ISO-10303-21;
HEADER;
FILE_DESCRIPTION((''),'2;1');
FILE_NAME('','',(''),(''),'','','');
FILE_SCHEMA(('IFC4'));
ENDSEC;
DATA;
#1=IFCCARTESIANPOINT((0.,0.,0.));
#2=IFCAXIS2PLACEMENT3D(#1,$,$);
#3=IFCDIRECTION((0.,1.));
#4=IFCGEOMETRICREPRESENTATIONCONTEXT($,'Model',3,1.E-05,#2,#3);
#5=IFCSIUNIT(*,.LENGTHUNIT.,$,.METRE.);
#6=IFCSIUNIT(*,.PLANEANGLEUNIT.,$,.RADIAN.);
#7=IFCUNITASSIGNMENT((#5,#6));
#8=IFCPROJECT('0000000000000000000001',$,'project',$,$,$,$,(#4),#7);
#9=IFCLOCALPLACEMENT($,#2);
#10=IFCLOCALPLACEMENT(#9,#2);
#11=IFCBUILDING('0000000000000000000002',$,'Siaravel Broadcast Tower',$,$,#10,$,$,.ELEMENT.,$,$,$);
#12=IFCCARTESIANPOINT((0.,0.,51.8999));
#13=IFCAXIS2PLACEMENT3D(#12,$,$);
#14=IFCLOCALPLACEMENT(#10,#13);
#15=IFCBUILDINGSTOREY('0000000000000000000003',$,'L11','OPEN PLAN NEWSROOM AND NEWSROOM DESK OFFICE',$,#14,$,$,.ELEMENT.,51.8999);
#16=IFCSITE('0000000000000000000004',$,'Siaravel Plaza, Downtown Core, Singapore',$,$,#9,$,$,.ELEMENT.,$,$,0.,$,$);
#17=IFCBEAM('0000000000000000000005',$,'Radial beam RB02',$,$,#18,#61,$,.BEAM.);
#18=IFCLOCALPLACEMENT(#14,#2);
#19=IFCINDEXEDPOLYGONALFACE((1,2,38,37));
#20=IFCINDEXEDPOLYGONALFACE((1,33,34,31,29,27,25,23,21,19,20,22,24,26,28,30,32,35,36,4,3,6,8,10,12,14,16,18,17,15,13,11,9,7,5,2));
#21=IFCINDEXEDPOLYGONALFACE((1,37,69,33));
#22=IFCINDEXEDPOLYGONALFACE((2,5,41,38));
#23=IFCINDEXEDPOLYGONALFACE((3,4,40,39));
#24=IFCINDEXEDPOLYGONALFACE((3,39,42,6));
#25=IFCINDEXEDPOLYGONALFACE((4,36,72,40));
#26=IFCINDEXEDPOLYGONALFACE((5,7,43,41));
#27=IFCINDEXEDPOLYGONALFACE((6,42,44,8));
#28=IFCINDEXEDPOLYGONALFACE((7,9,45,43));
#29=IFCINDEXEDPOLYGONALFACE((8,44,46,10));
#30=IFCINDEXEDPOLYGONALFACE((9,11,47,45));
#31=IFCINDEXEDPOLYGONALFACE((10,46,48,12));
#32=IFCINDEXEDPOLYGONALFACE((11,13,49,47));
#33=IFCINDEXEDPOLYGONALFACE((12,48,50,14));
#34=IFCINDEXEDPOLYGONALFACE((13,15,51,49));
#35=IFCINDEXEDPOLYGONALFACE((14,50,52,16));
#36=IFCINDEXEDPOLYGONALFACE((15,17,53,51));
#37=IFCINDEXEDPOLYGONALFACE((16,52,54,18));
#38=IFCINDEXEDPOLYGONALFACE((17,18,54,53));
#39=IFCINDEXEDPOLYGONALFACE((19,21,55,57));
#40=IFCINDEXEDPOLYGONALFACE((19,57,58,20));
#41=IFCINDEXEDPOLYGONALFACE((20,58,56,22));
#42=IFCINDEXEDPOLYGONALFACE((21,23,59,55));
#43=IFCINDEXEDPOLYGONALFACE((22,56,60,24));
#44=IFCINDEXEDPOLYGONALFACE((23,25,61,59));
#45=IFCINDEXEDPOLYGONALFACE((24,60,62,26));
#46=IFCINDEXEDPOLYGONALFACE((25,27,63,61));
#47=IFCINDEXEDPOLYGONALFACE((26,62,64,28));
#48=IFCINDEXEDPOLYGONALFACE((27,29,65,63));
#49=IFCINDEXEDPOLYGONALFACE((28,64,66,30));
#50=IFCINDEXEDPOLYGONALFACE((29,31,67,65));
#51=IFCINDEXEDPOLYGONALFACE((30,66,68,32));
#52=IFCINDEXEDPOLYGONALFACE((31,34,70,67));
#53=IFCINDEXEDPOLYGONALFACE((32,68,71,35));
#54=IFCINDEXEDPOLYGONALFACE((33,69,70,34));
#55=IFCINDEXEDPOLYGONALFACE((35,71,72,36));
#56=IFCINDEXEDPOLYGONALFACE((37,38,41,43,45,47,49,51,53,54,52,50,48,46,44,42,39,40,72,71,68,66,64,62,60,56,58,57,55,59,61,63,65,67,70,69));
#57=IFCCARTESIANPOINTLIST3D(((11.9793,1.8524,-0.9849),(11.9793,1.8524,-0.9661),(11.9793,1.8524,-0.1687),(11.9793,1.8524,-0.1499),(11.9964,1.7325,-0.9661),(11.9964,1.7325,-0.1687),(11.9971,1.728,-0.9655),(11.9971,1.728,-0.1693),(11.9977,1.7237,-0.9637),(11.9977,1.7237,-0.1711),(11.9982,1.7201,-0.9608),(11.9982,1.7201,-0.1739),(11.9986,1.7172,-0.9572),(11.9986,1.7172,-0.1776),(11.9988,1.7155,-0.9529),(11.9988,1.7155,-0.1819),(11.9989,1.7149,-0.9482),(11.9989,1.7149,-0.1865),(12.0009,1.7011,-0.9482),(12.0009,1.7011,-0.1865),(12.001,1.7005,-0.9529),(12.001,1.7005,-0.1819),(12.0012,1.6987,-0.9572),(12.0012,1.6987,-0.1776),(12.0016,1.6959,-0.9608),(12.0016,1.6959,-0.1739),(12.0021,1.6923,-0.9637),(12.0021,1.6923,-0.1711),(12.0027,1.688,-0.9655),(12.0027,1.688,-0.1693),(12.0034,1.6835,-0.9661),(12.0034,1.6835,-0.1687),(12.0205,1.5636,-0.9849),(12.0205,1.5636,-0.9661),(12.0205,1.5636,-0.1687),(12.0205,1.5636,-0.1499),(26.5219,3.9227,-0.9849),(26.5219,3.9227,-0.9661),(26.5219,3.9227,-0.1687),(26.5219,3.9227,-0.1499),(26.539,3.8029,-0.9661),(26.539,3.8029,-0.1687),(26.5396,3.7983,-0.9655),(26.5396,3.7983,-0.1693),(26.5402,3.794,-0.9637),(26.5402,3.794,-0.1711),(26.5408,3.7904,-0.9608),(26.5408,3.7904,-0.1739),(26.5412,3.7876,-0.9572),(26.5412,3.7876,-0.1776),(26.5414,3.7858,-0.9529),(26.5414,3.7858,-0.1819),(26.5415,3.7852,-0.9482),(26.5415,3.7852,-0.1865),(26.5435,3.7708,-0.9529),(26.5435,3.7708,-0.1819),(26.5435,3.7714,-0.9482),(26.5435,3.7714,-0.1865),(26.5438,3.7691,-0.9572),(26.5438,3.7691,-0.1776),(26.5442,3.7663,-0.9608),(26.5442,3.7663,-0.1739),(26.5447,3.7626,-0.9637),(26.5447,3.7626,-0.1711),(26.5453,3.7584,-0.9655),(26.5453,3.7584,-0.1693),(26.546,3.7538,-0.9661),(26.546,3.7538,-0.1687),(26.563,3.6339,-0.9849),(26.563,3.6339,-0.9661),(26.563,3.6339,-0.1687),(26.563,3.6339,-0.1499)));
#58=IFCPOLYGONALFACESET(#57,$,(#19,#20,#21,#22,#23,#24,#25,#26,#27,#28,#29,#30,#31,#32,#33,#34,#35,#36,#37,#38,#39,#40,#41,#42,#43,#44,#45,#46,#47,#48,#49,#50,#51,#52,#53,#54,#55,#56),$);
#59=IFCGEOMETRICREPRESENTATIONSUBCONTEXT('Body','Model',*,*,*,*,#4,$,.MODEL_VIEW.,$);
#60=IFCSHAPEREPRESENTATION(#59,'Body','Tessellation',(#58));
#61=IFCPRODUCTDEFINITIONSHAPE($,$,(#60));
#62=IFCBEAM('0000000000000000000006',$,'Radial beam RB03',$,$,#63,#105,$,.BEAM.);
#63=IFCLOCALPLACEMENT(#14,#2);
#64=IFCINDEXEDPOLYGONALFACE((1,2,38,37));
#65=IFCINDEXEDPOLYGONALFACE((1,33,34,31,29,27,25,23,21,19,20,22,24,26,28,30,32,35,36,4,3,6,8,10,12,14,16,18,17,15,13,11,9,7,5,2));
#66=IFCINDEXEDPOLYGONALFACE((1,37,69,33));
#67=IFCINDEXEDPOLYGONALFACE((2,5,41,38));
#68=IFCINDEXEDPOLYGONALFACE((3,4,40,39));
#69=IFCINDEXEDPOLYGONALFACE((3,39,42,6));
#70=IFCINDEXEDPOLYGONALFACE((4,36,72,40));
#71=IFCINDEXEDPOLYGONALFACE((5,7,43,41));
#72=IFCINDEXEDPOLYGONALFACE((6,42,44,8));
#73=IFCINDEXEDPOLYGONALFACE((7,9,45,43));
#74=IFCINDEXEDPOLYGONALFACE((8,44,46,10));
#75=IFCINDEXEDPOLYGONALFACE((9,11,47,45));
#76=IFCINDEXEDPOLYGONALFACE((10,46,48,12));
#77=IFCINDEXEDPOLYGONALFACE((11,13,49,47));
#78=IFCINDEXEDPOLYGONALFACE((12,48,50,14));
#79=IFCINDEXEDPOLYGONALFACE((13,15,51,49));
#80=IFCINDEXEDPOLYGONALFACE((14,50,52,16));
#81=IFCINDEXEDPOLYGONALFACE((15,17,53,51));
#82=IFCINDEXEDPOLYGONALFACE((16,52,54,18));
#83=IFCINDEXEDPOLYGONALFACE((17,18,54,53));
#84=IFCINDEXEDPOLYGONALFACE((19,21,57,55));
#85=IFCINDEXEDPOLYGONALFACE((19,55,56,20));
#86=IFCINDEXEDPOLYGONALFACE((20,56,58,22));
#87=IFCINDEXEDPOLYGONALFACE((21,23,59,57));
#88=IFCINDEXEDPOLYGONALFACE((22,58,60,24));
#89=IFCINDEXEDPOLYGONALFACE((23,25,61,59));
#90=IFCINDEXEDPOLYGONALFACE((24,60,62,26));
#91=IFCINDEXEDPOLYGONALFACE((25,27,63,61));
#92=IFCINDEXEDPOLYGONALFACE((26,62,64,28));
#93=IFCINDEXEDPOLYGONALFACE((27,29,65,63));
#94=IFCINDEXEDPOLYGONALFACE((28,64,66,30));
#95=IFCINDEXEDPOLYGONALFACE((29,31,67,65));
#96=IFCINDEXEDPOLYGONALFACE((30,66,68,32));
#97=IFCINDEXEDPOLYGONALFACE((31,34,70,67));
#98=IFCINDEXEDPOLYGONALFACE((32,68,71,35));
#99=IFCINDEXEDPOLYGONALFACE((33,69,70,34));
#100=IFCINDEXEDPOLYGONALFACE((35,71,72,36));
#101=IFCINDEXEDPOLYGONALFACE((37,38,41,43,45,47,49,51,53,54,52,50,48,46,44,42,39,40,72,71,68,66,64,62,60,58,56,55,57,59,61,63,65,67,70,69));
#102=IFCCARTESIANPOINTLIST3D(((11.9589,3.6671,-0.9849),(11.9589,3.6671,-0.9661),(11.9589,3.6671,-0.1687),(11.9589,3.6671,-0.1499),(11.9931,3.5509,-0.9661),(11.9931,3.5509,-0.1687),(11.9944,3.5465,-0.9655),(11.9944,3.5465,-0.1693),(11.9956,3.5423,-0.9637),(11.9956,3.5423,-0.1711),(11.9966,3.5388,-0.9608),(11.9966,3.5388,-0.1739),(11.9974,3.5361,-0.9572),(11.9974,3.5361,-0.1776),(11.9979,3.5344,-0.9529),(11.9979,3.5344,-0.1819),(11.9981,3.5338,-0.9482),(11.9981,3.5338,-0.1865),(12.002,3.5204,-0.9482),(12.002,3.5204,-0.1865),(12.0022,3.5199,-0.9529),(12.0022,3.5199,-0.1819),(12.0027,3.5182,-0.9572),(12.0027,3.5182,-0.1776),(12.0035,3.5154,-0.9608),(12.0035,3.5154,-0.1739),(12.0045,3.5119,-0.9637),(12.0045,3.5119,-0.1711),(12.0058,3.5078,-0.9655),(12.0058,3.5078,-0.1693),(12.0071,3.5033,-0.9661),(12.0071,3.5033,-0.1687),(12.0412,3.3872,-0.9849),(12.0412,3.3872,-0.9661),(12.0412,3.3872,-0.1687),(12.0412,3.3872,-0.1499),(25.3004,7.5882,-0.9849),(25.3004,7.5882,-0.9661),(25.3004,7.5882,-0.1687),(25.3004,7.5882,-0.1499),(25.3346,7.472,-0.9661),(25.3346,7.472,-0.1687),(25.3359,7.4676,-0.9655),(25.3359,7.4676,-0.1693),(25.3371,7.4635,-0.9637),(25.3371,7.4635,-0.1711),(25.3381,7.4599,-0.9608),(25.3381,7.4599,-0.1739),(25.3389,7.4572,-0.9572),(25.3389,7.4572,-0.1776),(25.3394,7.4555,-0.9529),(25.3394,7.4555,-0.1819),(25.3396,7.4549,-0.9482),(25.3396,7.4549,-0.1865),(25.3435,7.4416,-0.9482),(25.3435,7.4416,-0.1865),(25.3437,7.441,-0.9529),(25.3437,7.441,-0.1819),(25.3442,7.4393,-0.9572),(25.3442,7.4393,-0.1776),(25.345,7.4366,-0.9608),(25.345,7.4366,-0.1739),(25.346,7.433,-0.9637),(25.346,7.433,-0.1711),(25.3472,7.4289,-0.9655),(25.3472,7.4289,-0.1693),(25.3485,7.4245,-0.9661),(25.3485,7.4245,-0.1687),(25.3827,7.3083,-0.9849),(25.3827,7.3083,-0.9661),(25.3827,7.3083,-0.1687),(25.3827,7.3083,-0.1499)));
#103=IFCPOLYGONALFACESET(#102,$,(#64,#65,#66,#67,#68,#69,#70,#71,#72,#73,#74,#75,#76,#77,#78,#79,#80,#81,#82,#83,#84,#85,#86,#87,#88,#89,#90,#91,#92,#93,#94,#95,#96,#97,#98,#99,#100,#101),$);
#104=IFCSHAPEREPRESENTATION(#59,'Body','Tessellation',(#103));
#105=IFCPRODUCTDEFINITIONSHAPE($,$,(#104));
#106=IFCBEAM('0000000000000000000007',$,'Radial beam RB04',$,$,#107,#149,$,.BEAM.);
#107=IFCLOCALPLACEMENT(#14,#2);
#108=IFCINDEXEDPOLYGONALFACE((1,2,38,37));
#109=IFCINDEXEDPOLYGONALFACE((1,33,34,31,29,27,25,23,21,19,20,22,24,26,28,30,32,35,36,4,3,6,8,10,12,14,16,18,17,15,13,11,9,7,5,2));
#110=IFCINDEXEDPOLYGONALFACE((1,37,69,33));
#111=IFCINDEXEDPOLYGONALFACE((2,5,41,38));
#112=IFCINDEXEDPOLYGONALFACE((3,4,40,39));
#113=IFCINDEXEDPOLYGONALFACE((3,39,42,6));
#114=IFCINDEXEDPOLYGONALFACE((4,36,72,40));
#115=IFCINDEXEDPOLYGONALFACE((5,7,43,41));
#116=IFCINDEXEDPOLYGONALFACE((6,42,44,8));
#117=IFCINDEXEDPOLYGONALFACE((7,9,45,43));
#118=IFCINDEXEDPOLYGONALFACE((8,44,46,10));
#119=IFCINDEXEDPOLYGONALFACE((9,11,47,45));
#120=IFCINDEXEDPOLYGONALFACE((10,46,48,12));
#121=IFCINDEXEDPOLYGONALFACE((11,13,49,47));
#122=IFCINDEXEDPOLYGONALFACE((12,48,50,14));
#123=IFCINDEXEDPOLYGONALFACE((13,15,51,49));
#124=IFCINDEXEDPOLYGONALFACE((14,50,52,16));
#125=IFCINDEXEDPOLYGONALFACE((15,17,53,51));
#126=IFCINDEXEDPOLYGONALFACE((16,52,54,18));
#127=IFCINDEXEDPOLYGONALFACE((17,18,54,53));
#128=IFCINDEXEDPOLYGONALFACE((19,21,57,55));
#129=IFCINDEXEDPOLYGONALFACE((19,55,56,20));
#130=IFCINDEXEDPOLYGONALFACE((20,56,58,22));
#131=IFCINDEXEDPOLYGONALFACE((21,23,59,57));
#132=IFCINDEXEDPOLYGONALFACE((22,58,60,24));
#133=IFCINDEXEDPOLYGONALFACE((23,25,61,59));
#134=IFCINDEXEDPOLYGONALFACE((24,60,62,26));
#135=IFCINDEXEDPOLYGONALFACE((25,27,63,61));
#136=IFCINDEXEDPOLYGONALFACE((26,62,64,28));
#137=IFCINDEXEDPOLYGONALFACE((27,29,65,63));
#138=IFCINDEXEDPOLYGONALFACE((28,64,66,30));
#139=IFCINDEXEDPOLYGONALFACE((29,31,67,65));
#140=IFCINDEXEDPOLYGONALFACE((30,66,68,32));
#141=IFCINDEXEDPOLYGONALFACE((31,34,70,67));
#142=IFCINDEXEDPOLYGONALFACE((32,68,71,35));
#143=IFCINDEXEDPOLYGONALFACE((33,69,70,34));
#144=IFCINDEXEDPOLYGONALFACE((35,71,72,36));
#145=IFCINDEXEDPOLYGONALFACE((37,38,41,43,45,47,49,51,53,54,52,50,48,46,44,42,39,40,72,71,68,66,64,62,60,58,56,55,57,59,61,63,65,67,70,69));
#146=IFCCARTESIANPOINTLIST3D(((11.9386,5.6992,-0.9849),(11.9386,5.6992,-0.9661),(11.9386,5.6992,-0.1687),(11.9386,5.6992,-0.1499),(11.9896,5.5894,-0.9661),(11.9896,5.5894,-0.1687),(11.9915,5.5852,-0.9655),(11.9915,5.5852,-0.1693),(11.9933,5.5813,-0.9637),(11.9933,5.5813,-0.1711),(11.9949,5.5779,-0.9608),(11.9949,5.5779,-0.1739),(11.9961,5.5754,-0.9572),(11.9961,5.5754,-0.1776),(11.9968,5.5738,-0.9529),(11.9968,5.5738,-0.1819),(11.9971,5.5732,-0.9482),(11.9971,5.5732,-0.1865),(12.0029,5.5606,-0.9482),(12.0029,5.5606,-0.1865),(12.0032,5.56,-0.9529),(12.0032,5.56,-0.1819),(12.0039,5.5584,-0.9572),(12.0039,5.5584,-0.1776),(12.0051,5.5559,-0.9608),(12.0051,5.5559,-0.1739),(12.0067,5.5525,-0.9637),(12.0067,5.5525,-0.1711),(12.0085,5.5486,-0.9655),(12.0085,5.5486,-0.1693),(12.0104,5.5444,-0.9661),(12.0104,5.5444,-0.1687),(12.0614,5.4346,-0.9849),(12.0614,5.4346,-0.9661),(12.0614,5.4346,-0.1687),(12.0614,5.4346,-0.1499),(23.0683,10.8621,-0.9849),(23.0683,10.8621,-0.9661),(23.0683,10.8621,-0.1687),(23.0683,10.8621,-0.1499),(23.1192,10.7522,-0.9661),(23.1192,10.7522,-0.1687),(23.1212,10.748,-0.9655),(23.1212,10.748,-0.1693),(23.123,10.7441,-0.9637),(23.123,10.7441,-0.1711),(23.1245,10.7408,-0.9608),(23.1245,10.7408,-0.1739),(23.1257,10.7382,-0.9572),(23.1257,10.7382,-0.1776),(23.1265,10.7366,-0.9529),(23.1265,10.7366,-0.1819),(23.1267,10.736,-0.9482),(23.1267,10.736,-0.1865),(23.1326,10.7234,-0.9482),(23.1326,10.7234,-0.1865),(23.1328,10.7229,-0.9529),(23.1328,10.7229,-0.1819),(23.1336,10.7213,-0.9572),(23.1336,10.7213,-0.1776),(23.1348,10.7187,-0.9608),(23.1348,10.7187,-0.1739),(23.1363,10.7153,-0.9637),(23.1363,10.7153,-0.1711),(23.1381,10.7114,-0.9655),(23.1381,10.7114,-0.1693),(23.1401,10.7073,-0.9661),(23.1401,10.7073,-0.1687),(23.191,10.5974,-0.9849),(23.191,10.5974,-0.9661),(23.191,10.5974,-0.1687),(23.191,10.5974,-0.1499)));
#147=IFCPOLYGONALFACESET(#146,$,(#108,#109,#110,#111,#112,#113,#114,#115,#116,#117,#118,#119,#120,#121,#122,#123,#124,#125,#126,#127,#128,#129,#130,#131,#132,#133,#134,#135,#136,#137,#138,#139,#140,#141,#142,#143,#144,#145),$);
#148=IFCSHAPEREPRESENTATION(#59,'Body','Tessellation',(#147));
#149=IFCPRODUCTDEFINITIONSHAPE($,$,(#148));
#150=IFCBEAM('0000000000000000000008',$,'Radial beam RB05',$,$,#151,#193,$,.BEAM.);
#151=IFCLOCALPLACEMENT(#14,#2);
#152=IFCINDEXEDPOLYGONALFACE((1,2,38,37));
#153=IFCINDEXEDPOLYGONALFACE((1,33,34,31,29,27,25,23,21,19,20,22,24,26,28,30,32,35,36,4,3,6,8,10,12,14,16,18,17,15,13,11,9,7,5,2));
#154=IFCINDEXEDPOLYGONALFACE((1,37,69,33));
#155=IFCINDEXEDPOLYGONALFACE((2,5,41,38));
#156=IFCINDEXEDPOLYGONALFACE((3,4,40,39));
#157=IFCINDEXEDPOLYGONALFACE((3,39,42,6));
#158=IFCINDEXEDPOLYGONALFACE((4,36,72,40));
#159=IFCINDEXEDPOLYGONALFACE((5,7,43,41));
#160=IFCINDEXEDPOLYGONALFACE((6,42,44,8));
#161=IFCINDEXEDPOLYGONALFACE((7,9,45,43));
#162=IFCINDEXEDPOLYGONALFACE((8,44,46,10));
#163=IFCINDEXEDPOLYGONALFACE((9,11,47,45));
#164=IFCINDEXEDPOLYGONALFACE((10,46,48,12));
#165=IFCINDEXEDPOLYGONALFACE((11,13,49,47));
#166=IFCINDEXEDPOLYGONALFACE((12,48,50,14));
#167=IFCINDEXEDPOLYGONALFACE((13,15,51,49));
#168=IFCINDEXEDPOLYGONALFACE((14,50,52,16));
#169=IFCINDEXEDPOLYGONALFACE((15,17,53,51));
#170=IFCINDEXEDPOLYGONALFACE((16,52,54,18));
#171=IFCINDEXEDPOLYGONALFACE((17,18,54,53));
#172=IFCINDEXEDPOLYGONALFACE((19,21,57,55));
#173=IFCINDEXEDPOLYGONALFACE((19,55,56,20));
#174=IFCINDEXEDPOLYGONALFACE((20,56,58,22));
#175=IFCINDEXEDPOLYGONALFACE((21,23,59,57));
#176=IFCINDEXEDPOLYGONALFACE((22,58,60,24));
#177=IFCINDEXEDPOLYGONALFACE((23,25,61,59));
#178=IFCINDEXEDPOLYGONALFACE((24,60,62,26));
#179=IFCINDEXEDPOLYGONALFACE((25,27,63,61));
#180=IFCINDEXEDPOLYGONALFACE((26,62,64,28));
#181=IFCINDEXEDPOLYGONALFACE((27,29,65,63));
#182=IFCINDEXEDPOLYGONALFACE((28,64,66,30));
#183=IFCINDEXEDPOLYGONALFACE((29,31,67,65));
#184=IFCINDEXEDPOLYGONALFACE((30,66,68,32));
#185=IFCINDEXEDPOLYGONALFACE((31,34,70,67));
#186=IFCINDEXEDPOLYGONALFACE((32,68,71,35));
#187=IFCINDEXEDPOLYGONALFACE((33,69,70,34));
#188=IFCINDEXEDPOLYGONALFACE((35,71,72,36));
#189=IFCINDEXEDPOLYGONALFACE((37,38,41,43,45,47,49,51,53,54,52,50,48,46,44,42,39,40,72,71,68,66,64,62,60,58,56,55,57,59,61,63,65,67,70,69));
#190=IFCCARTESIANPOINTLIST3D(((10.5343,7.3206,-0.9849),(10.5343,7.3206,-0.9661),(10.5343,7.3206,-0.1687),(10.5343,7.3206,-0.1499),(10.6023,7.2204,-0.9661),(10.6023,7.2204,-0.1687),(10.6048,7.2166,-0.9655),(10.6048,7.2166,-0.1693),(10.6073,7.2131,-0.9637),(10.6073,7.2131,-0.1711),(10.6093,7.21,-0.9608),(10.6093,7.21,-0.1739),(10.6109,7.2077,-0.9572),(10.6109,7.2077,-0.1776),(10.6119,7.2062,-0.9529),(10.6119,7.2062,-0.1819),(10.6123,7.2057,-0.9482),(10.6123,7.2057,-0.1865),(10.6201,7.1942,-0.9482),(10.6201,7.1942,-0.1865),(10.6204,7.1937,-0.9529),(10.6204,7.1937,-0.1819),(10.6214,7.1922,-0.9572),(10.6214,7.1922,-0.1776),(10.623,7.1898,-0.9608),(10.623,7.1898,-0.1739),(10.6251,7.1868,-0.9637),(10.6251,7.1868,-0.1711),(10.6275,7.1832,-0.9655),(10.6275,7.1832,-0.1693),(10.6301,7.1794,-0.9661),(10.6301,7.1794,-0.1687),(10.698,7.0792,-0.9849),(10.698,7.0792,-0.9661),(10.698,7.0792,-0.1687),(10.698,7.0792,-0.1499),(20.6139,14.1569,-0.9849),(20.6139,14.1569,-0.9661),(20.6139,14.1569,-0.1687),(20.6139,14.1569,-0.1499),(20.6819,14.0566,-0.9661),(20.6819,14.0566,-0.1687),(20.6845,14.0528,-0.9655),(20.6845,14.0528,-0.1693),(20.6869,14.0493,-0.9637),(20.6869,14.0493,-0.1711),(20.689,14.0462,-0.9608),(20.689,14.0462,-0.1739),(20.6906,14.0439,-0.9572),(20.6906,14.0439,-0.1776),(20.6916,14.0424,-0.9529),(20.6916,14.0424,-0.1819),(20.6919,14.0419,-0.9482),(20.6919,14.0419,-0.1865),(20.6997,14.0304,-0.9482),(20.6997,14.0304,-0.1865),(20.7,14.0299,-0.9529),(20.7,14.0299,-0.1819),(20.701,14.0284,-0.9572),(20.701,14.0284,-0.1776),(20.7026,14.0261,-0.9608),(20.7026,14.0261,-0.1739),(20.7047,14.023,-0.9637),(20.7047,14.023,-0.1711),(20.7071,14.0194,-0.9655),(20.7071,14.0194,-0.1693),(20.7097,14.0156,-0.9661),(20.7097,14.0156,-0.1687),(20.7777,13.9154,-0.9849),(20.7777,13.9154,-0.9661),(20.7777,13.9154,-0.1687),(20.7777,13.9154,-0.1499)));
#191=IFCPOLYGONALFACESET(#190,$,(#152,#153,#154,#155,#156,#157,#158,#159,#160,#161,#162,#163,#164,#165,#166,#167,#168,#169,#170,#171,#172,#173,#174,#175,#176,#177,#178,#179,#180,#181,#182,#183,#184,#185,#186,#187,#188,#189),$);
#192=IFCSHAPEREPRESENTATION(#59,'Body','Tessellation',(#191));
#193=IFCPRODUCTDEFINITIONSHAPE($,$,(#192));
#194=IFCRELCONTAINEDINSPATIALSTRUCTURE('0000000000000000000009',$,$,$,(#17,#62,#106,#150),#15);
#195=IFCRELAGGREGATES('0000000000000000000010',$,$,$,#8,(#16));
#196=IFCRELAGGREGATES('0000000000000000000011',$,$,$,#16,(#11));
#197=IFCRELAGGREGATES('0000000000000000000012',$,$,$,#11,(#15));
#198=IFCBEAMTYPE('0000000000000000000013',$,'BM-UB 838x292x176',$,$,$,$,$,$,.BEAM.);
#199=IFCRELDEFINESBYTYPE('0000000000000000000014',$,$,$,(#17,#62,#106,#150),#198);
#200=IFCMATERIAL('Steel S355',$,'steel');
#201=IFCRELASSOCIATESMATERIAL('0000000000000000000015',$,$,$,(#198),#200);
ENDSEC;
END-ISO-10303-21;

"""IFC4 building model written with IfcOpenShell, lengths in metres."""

from ifc_helpers import new_model, si_unit, direction, frame, origin, origin_2d, place, context, subcontext, project, spatial, i_section, extrude, material, material_profile, profile_set, type_object, element, save


model = new_model("IFC4")

# Units and contexts
model_context = context("Model", 3, precision=1e-05, world=origin(), true_north=direction((0.0, 1.0)))
body_context = subcontext(model_context, "Body", "Model", "MODEL_VIEW")
ifc_project = project(units=[si_unit("LENGTHUNIT", "METRE"), si_unit("PLANEANGLEUNIT", "RADIAN")], contexts=[model_context])

# Site, building, storey
site_placement = place(None, origin())
site = spatial("IfcSite", under=ifc_project, at=site_placement, Name="Siaravel Plaza, Downtown Core, Singapore", CompositionType="ELEMENT", RefElevation=0.0)
building_placement = place(site_placement, origin())
building = spatial("IfcBuilding", under=site, at=building_placement, Name="Siaravel Broadcast Tower", CompositionType="ELEMENT")
storey_placement = place(building_placement, frame((0.0, 0.0, 51.8999)))
storey = spatial("IfcBuildingStorey", under=building, at=storey_placement, Name="L11", Description="OPEN PLAN NEWSROOM AND NEWSROOM DESK OFFICE", CompositionType="ELEMENT", Elevation=51.8999)

# Beams
ifc_material_1 = material(Name="Steel S355", Category="steel")
ifc_material_profile_1 = material_profile(ifc_material_1, i_section(OverallWidth=0.2917, OverallDepth=0.835, WebThickness=0.0139, FlangeThickness=0.0188, FilletRadius=0.0178, at=origin_2d()))
ifc_profile_set_1 = profile_set([ifc_material_profile_1], Name="Steel S355")
beam_type = type_object("IfcBeamType", Name="BM-UB 838x292x176", PredefinedType="BEAM", material=ifc_profile_set_1)
beam_1_placement = place(storey_placement, frame((26.5425, 3.7783, -0.5674), z_axis=(-0.990018, -0.140942, 0.0), x_axis=(0.140942, -0.990018, 0.0)))
element("IfcBeam", 1, at=beam_1_placement, inside=storey, type_object=beam_type, Name="Radial beam RB02", PredefinedType="BEAM", context=body_context, shape_type="SweptSolid", body=[
    extrude(i_section(OverallWidth=0.2917, OverallDepth=0.835, WebThickness=0.0139, FlangeThickness=0.0188, FilletRadius=0.0178, at=origin_2d()), origin(), (0.0, 0.0, 1.0), 14.6892),
])
beam_2_placement = place(storey_placement, frame((25.3416, 7.4482, -0.5674), z_axis=(-0.959421, -0.281978, 0.0), x_axis=(0.281978, -0.959421, 0.0)))
element("IfcBeam", 2, at=beam_2_placement, inside=storey, type_object=beam_type, Name="Radial beam RB03", PredefinedType="BEAM", context=body_context, shape_type="SweptSolid", body=[
    extrude(i_section(OverallWidth=0.2917, OverallDepth=0.835, WebThickness=0.0139, FlangeThickness=0.0188, FilletRadius=0.0178, at=origin_2d()), origin(), (0.0, 0.0, 1.0), 13.9058),
])
beam_3_placement = place(storey_placement, frame((23.1296, 10.7297, -0.5674), z_axis=(-0.907149, -0.42081, 0.0), x_axis=(0.42081, -0.907149, 0.0)))
element("IfcBeam", 3, at=beam_3_placement, inside=storey, type_object=beam_type, Name="Radial beam RB04", PredefinedType="BEAM", context=body_context, shape_type="SweptSolid", body=[
    extrude(i_section(OverallWidth=0.2917, OverallDepth=0.835, WebThickness=0.0139, FlangeThickness=0.0188, FilletRadius=0.0178, at=origin_2d()), origin(), (0.0, 0.0, 1.0), 12.2688),
])
beam_4_placement = place(storey_placement, frame((20.6958, 14.0361, -0.5674), z_axis=(-0.827611, -0.561302, 0.0), x_axis=(0.561302, -0.827611, 0.0)))
element("IfcBeam", 4, at=beam_4_placement, inside=storey, type_object=beam_type, Name="Radial beam RB05", PredefinedType="BEAM", context=body_context, shape_type="SweptSolid", body=[
    extrude(i_section(OverallWidth=0.2917, OverallDepth=0.835, WebThickness=0.0139, FlangeThickness=0.0188, FilletRadius=0.0178, at=origin_2d()), origin(), (0.0, 0.0, 1.0), 12.1792),
])

save(model, "model.ifc")
